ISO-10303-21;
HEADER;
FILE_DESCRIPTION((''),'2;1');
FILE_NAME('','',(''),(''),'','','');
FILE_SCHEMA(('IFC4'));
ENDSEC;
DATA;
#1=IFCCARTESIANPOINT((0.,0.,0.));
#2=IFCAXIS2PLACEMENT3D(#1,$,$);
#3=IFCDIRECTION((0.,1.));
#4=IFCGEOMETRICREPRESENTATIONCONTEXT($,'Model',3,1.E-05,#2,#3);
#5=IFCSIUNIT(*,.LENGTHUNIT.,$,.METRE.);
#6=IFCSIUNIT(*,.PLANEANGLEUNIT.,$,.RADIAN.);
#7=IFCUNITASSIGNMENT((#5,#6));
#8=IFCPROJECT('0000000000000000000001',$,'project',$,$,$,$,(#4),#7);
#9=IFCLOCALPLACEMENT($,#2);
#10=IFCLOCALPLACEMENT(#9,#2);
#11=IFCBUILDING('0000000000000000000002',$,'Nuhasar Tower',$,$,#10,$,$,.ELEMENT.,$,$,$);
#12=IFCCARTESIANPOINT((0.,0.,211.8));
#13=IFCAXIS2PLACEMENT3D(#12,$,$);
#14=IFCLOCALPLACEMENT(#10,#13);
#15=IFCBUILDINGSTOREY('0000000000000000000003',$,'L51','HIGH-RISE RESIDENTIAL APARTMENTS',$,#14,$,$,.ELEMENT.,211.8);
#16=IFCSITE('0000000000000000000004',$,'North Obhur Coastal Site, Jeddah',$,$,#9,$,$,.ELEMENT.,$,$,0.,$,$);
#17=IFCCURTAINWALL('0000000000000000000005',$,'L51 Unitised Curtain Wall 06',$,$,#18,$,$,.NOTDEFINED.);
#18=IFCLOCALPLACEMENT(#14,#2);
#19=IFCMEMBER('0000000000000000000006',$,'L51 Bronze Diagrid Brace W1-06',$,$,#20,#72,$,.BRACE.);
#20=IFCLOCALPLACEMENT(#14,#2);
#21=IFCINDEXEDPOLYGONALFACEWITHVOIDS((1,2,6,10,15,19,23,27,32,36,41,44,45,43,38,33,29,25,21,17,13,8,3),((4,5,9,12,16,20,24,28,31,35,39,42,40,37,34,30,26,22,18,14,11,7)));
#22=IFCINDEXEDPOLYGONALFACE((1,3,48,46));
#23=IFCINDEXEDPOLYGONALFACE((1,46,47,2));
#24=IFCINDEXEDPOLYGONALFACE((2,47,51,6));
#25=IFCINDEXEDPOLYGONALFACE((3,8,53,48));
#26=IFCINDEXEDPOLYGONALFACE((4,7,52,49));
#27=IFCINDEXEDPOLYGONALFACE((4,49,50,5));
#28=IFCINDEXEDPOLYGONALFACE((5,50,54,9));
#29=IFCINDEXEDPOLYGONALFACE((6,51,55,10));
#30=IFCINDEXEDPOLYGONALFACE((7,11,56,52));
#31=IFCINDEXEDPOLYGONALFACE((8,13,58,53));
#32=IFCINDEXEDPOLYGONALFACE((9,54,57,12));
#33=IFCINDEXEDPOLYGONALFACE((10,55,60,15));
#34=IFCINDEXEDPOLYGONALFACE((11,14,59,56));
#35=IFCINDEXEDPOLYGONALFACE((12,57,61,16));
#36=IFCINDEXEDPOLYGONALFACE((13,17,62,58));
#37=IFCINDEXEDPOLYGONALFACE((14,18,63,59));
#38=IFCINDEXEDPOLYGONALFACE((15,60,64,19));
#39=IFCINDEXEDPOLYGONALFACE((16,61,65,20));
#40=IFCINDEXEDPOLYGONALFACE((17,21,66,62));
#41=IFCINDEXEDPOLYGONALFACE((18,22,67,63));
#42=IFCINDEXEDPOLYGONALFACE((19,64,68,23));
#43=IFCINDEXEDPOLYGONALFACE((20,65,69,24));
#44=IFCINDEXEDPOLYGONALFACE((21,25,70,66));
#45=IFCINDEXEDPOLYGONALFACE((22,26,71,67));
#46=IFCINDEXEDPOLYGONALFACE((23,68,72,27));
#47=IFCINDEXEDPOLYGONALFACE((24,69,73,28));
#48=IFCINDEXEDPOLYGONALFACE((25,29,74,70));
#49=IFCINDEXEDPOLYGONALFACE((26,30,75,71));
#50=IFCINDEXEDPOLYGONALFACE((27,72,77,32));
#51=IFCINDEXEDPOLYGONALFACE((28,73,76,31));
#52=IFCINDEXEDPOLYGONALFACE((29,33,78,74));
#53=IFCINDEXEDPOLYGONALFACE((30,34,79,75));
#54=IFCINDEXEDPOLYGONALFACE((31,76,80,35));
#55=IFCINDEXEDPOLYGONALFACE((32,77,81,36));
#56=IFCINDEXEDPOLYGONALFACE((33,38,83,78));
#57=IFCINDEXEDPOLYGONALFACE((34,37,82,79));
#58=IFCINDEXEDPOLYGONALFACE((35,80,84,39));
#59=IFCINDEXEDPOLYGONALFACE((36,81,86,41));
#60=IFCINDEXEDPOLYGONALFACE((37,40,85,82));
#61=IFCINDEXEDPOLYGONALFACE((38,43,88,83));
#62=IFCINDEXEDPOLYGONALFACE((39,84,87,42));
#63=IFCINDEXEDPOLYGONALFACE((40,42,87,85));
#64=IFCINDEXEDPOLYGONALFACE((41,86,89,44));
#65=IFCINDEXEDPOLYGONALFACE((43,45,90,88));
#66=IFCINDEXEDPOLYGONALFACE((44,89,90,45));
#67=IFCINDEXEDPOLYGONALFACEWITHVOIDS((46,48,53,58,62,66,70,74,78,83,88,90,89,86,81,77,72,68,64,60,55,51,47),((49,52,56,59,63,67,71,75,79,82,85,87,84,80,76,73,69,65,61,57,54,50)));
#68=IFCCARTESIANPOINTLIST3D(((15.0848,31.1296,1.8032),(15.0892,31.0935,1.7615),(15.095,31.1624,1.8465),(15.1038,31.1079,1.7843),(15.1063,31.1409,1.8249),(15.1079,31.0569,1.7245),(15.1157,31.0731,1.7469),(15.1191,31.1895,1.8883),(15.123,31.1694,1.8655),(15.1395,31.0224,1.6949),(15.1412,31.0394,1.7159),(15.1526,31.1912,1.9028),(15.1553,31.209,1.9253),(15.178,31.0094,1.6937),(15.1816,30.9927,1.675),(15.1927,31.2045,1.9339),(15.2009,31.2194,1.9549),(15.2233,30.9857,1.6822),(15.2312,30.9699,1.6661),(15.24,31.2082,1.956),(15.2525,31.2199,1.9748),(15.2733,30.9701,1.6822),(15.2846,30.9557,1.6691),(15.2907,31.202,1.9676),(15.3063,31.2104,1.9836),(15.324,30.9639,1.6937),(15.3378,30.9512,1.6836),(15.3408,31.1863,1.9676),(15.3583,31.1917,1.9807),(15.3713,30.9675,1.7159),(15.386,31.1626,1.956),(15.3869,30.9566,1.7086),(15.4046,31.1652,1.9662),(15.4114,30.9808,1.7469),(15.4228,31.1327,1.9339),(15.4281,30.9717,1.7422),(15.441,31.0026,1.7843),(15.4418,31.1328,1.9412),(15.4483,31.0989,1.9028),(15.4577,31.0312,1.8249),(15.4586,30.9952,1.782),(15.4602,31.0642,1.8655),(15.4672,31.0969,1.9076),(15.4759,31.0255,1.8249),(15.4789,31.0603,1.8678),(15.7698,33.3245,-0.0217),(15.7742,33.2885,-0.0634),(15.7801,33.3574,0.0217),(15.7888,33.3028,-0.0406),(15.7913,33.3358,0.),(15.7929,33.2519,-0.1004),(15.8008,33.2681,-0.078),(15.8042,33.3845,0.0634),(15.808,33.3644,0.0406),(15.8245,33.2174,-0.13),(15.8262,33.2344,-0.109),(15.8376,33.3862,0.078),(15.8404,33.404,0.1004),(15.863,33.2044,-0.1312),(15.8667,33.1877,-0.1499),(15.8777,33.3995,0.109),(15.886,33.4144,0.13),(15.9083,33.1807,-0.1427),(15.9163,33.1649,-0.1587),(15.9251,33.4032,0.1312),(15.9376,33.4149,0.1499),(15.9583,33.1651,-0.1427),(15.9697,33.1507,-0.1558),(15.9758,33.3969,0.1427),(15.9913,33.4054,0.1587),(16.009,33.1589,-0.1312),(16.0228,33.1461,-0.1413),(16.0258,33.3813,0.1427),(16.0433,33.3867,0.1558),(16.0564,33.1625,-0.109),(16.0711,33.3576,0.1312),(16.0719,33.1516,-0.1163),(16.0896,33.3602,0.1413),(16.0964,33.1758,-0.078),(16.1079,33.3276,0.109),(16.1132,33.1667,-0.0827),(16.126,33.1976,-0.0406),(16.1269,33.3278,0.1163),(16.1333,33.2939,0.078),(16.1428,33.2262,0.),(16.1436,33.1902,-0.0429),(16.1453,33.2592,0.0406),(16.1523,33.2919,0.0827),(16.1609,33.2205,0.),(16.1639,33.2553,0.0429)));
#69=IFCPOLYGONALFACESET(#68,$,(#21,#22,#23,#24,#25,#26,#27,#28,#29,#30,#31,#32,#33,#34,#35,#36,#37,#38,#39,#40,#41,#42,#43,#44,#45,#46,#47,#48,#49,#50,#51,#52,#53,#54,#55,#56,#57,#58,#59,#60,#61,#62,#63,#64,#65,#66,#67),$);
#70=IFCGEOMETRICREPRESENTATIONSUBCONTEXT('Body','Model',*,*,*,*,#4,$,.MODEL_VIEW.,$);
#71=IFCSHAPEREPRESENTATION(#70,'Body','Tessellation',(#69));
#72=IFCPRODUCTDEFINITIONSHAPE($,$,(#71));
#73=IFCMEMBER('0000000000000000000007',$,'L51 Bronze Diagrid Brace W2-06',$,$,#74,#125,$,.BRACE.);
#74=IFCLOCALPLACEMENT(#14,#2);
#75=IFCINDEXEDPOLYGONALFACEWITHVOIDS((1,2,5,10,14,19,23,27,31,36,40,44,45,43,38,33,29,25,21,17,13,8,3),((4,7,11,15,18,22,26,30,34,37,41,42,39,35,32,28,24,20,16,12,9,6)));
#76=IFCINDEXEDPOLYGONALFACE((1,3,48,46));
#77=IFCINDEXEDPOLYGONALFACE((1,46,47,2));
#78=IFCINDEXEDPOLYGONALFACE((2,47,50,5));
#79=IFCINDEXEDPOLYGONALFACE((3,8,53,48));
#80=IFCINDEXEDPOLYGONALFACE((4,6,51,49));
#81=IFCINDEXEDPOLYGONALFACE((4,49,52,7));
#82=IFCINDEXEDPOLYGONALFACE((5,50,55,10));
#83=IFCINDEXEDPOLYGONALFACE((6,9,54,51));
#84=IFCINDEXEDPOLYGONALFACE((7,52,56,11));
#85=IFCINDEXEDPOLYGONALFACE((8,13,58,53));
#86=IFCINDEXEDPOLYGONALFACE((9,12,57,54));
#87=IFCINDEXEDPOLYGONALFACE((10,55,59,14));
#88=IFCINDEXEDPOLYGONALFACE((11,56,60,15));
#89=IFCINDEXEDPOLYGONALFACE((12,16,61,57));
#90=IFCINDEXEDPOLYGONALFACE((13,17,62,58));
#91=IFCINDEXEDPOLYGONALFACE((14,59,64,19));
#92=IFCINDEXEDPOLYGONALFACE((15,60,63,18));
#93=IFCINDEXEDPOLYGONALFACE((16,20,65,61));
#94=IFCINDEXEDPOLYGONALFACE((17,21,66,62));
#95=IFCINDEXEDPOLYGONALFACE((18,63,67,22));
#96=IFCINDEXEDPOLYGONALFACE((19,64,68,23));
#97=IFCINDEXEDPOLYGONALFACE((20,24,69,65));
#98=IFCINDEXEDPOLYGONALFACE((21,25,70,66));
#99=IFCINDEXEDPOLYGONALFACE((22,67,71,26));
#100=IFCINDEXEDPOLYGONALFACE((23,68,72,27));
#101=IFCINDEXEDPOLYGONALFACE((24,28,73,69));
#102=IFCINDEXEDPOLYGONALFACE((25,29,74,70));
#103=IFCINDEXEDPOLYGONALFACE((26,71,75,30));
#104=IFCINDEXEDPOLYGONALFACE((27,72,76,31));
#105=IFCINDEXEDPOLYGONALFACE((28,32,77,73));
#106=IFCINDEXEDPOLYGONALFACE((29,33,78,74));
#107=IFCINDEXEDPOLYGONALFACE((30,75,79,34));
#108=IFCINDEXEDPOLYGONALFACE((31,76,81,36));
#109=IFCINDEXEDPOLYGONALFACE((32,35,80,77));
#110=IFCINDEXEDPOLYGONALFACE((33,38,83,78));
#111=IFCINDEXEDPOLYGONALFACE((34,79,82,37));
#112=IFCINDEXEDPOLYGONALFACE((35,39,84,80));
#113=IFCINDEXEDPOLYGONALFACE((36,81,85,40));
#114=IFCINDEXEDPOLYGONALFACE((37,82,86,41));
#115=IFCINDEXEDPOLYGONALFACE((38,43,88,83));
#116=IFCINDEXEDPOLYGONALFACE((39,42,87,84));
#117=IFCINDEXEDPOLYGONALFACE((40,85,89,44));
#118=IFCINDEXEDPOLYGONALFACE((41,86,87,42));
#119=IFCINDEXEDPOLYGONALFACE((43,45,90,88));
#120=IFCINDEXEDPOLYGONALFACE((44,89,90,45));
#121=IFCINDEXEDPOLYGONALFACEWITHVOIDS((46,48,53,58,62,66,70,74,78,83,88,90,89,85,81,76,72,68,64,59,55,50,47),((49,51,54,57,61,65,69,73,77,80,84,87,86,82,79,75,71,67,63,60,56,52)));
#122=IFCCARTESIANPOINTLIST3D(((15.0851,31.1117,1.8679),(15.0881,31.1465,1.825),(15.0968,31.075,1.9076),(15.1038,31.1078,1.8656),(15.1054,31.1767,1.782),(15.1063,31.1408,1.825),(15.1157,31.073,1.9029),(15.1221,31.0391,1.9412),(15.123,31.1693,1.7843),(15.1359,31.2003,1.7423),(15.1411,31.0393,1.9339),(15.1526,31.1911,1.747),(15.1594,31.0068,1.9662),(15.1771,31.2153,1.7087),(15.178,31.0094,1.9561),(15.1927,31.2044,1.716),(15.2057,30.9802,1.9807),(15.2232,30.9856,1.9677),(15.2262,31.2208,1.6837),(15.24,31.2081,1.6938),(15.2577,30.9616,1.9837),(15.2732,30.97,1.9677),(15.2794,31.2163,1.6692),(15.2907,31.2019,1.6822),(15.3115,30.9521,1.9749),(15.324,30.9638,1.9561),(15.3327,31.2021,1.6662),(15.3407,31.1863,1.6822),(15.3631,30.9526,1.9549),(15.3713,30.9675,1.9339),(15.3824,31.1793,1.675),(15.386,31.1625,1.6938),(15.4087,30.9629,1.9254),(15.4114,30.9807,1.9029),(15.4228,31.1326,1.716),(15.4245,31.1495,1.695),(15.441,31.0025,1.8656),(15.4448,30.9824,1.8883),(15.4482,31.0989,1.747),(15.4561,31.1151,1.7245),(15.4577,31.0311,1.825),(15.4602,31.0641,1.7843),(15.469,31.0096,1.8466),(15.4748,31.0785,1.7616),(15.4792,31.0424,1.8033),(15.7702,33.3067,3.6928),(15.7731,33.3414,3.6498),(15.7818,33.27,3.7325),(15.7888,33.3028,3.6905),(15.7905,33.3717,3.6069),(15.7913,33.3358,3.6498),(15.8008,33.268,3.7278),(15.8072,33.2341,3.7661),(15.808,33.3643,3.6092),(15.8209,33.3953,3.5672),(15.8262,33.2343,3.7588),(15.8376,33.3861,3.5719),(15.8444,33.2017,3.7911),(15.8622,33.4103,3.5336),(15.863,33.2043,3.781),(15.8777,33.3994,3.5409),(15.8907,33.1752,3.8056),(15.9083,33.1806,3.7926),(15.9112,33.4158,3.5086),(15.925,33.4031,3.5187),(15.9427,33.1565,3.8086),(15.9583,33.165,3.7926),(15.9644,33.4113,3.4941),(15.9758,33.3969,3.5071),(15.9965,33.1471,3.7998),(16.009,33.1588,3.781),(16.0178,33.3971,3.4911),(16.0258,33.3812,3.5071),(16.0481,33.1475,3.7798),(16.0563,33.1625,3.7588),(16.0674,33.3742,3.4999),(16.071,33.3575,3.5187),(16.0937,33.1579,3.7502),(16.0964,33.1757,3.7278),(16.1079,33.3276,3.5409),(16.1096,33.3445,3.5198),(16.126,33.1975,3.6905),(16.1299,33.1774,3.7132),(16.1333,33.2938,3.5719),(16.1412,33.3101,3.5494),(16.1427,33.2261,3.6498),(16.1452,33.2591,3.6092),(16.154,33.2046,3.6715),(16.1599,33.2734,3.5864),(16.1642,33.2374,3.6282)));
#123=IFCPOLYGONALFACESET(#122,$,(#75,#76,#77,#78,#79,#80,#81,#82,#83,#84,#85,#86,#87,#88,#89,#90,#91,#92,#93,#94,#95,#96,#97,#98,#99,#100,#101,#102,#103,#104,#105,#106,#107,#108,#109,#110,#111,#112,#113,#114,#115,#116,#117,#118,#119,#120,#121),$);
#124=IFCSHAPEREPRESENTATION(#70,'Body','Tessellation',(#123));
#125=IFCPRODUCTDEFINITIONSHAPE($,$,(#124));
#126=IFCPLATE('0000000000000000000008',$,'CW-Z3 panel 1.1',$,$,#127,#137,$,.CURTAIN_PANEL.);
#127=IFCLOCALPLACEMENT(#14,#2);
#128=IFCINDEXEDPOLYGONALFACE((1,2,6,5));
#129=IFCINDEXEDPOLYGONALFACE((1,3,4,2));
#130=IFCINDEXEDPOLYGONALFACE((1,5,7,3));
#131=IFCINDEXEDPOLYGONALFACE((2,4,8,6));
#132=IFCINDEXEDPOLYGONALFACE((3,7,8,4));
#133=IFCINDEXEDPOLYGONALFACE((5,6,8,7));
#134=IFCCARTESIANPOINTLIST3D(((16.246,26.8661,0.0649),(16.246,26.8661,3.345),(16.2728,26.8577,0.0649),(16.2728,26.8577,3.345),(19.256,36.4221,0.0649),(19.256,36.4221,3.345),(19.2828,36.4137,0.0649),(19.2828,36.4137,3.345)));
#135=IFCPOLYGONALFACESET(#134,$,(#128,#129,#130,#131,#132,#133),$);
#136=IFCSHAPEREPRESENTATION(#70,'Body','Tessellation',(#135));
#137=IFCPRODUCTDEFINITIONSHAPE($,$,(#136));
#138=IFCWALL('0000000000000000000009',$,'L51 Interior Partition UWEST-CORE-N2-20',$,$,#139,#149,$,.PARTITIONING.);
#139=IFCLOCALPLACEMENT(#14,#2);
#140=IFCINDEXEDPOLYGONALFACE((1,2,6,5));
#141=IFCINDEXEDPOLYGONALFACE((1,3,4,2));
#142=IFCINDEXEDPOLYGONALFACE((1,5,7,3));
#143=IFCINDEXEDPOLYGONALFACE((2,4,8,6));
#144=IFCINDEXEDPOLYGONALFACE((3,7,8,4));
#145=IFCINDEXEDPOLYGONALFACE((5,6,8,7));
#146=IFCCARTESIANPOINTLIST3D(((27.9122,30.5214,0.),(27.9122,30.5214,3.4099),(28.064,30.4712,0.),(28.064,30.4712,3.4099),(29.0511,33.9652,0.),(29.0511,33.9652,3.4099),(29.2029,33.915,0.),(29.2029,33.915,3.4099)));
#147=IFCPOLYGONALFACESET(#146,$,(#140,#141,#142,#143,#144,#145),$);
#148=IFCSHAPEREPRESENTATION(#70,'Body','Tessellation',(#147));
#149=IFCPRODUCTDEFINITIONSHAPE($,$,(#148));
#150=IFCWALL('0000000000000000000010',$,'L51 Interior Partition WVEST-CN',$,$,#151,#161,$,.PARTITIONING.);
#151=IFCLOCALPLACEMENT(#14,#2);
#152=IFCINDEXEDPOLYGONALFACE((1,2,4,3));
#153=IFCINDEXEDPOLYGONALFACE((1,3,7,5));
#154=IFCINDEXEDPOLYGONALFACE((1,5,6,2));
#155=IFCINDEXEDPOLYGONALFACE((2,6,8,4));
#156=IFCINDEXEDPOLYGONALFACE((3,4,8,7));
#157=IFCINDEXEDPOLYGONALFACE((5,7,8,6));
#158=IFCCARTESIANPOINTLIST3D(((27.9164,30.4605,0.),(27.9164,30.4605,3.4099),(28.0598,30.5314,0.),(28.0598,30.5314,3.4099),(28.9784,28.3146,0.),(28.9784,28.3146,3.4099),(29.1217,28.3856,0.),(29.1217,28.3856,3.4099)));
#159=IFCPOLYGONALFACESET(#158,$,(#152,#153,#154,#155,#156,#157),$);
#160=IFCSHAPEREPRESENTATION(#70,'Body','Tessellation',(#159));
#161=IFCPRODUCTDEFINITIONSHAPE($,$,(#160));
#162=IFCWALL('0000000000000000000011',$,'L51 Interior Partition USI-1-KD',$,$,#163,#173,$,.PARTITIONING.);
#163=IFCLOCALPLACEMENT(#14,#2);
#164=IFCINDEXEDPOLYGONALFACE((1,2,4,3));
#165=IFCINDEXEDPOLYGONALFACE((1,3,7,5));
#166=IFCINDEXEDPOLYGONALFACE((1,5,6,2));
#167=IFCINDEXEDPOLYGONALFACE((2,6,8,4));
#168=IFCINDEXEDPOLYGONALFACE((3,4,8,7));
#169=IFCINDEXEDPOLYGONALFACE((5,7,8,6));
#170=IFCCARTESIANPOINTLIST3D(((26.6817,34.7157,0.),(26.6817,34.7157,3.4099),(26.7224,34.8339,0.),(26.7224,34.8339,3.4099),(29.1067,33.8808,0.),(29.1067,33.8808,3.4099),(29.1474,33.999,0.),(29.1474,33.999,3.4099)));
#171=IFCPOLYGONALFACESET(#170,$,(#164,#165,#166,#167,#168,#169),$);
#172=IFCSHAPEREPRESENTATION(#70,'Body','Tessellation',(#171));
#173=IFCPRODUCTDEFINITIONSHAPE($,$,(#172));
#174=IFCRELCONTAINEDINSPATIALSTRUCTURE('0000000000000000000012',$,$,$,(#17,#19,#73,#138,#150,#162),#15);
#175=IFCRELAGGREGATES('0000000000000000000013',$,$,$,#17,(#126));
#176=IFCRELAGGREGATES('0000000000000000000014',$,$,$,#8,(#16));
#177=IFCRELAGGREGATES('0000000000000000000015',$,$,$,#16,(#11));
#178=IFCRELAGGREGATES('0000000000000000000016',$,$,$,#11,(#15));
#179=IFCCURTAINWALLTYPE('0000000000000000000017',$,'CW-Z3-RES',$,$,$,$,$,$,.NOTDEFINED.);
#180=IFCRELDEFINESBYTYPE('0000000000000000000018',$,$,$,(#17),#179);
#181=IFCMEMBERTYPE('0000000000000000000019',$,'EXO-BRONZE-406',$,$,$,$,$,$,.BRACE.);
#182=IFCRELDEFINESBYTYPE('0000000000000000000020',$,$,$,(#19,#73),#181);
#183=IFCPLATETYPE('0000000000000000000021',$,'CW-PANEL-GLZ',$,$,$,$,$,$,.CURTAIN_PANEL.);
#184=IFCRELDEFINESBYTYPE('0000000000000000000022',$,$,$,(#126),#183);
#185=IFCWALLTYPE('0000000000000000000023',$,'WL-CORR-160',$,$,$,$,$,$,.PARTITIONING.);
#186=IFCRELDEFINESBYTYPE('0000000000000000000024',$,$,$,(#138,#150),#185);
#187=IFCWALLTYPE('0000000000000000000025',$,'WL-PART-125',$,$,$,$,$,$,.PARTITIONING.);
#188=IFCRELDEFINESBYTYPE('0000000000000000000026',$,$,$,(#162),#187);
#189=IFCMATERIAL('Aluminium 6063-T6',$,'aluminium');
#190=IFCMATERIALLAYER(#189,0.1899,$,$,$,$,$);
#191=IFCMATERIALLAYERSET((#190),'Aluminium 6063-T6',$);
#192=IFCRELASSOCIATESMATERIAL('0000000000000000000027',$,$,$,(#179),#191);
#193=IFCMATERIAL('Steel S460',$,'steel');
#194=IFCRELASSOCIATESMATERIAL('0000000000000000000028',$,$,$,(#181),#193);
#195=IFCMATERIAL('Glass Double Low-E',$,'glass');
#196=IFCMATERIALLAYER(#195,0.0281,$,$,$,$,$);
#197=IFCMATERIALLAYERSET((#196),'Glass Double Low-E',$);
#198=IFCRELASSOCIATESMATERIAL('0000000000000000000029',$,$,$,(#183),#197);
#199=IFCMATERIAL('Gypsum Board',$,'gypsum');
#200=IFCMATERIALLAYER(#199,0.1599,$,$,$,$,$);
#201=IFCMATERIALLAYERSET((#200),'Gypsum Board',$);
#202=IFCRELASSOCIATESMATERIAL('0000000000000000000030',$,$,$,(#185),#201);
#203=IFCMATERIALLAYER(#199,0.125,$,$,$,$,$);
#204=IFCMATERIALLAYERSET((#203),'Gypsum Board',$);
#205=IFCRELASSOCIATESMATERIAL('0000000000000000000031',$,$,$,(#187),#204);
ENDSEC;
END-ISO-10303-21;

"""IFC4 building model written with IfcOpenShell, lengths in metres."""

from ifc_helpers import new_model, si_unit, direction, frame, frame_2d, origin, origin_2d, place, context, subcontext, project, spatial, rectangle, hollow_circle, extrude, material, layer, layer_set, material_profile, profile_set, type_object, element, aggregate, save


model = new_model("IFC4")

# Units and contexts
model_context = context("Model", 3, precision=1e-05, world=origin(), true_north=direction((0.0, 1.0)))
body_context = subcontext(model_context, "Body", "Model", "MODEL_VIEW")
ifc_project = project(units=[si_unit("LENGTHUNIT", "METRE"), si_unit("PLANEANGLEUNIT", "RADIAN")], contexts=[model_context])

# Site, building, storey
site_placement = place(None, origin())
site = spatial("IfcSite", under=ifc_project, at=site_placement, Name="North Obhur Coastal Site, Jeddah", CompositionType="ELEMENT", RefElevation=0.0)
building_placement = place(site_placement, origin())
building = spatial("IfcBuilding", under=site, at=building_placement, Name="Nuhasar Tower", CompositionType="ELEMENT")
storey_placement = place(building_placement, frame((0.0, 0.0, 211.8)))
storey = spatial("IfcBuildingStorey", under=building, at=storey_placement, Name="L51", Description="HIGH-RISE RESIDENTIAL APARTMENTS", CompositionType="ELEMENT", Elevation=211.8)

# Curtain wall
ifc_material_1 = material(Name="Aluminium 6063-T6", Category="aluminium")
ifc_layer_1 = layer(ifc_material_1, 0.1899)
ifc_layer_set_1 = layer_set([ifc_layer_1], Name="Aluminium 6063-T6")
curtain_wall_type = type_object("IfcCurtainWallType", Name="CW-Z3-RES", PredefinedType="NOTDEFINED", material=ifc_layer_set_1)
curtain_wall_placement = place(storey_placement, origin())
curtain_wall = element("IfcCurtainWall", 1, at=curtain_wall_placement, inside=storey, type_object=curtain_wall_type, Name="L51 Unitised Curtain Wall 06", PredefinedType="NOTDEFINED")

# Members
ifc_material_2 = material(Name="Steel S460", Category="steel")
ifc_material_profile_1 = material_profile(ifc_material_2, hollow_circle(Radius=0.2031, WallThickness=0.019, at=origin_2d()), Name="HSS406.4X19.1")
ifc_profile_set_1 = profile_set([ifc_material_profile_1], Name="Steel S460")
member_type_1 = type_object("IfcMemberType", Name="EXO-BRONZE-406", PredefinedType="BRACE", material=ifc_profile_set_1)
for number, where, z_axis, x_axis, name in (
    (2, (15.967, 33.281, 0.0), (-0.233358, -0.747727, 0.62165), (0.954591, -0.297918, 0.0), "L51 Bronze Diagrid Brace W1-06"),
    (3, (15.282, 31.0859, 1.825), (0.233358, 0.747727, 0.62165), (-0.954591, 0.297918, 0.0), "L51 Bronze Diagrid Brace W2-06"),
):
    element("IfcMember", number, at=place(storey_placement, frame(where, z_axis=z_axis, x_axis=x_axis)), inside=storey, type_object=member_type_1, Name=name, PredefinedType="BRACE", context=body_context, shape_type="SweptSolid", body=[
        extrude(hollow_circle(Radius=0.2031, WallThickness=0.019, at=origin_2d()), origin(), (0.0, 0.0, 1.0), 2.9355),
    ])

# Plate
ifc_material_3 = material(Name="Glass Double Low-E", Category="glass")
ifc_layer_2 = layer(ifc_material_3, 0.0281)
ifc_layer_set_2 = layer_set([ifc_layer_2], Name="Glass Double Low-E")
plate_type = type_object("IfcPlateType", Name="CW-PANEL-GLZ", PredefinedType="CURTAIN_PANEL", material=ifc_layer_set_2)
plate_placement = place(storey_placement, frame((17.7644, 31.6399, 0.0649), z_axis=(0.0, 0.0, 1.0), x_axis=(-0.300429, -0.953804, 0.0)))
plate = element("IfcPlate", 4, at=plate_placement, type_object=plate_type, Name="CW-Z3 panel 1.1", PredefinedType="CURTAIN_PANEL", context=body_context, shape_type="SweptSolid", body=[
    extrude(rectangle(XDim=10.0188, YDim=0.0281, at=origin_2d()), origin(), (0.0, 0.0, 1.0), 3.28),
])
aggregate(curtain_wall, [plate])

# Wall
ifc_material_4 = material(Name="Gypsum Board", Category="gypsum")
ifc_layer_3 = layer(ifc_material_4, 0.1599)
ifc_layer_set_3 = layer_set([ifc_layer_3], Name="Gypsum Board")
wall_type_1 = type_object("IfcWallType", Name="WL-CORR-160", PredefinedType="PARTITIONING", material=ifc_layer_set_3)
wall_1_placement = place(storey_placement, frame((29.127, 33.9399, 0.0), z_axis=(0.0, 0.0, 1.0), x_axis=(-0.313986, -0.949428, 0.0)))
element("IfcWall", 5, at=wall_1_placement, inside=storey, type_object=wall_type_1, Name="L51 Interior Partition UWEST-CORE-N2-20", PredefinedType="PARTITIONING", context=body_context, shape_type="SweptSolid", body=[
    extrude(rectangle(XDim=3.6272, YDim=0.1599, at=frame_2d((1.8135, 0.0))), origin(), (0.0, 0.0, 1.0), 3.4099),
])

# Walls
wall_2_placement = place(storey_placement, frame((27.988, 30.4961, 0.0), z_axis=(0.0, 0.0, 1.0), x_axis=(0.443539, -0.896255, 0.0)))
element("IfcWall", 6, at=wall_2_placement, inside=storey, type_object=wall_type_1, Name="L51 Interior Partition WVEST-CN", PredefinedType="PARTITIONING", context=body_context, shape_type="SweptSolid", body=[
    extrude(rectangle(XDim=2.3943, YDim=0.1599, at=frame_2d((1.1973, 0.0))), origin(), (0.0, 0.0, 1.0), 3.4099),
])
ifc_layer_4 = layer(ifc_material_4, 0.125)
ifc_layer_set_4 = layer_set([ifc_layer_4], Name="Gypsum Board")
wall_type_2 = type_object("IfcWallType", Name="WL-PART-125", PredefinedType="PARTITIONING", material=ifc_layer_set_4)
wall_3_placement = place(storey_placement, frame((29.127, 33.9399, 0.0), z_axis=(0.0, 0.0, 1.0), x_axis=(-0.945525, 0.325551, 0.0)))
element("IfcWall", 7, at=wall_3_placement, inside=storey, type_object=wall_type_2, Name="L51 Interior Partition USI-1-KD", PredefinedType="PARTITIONING", context=body_context, shape_type="SweptSolid", body=[
    extrude(rectangle(XDim=2.5647, YDim=0.125, at=frame_2d((1.2822, 0.0))), origin(), (0.0, 0.0, 1.0), 3.4099),
])

save(model, "model.ifc")
